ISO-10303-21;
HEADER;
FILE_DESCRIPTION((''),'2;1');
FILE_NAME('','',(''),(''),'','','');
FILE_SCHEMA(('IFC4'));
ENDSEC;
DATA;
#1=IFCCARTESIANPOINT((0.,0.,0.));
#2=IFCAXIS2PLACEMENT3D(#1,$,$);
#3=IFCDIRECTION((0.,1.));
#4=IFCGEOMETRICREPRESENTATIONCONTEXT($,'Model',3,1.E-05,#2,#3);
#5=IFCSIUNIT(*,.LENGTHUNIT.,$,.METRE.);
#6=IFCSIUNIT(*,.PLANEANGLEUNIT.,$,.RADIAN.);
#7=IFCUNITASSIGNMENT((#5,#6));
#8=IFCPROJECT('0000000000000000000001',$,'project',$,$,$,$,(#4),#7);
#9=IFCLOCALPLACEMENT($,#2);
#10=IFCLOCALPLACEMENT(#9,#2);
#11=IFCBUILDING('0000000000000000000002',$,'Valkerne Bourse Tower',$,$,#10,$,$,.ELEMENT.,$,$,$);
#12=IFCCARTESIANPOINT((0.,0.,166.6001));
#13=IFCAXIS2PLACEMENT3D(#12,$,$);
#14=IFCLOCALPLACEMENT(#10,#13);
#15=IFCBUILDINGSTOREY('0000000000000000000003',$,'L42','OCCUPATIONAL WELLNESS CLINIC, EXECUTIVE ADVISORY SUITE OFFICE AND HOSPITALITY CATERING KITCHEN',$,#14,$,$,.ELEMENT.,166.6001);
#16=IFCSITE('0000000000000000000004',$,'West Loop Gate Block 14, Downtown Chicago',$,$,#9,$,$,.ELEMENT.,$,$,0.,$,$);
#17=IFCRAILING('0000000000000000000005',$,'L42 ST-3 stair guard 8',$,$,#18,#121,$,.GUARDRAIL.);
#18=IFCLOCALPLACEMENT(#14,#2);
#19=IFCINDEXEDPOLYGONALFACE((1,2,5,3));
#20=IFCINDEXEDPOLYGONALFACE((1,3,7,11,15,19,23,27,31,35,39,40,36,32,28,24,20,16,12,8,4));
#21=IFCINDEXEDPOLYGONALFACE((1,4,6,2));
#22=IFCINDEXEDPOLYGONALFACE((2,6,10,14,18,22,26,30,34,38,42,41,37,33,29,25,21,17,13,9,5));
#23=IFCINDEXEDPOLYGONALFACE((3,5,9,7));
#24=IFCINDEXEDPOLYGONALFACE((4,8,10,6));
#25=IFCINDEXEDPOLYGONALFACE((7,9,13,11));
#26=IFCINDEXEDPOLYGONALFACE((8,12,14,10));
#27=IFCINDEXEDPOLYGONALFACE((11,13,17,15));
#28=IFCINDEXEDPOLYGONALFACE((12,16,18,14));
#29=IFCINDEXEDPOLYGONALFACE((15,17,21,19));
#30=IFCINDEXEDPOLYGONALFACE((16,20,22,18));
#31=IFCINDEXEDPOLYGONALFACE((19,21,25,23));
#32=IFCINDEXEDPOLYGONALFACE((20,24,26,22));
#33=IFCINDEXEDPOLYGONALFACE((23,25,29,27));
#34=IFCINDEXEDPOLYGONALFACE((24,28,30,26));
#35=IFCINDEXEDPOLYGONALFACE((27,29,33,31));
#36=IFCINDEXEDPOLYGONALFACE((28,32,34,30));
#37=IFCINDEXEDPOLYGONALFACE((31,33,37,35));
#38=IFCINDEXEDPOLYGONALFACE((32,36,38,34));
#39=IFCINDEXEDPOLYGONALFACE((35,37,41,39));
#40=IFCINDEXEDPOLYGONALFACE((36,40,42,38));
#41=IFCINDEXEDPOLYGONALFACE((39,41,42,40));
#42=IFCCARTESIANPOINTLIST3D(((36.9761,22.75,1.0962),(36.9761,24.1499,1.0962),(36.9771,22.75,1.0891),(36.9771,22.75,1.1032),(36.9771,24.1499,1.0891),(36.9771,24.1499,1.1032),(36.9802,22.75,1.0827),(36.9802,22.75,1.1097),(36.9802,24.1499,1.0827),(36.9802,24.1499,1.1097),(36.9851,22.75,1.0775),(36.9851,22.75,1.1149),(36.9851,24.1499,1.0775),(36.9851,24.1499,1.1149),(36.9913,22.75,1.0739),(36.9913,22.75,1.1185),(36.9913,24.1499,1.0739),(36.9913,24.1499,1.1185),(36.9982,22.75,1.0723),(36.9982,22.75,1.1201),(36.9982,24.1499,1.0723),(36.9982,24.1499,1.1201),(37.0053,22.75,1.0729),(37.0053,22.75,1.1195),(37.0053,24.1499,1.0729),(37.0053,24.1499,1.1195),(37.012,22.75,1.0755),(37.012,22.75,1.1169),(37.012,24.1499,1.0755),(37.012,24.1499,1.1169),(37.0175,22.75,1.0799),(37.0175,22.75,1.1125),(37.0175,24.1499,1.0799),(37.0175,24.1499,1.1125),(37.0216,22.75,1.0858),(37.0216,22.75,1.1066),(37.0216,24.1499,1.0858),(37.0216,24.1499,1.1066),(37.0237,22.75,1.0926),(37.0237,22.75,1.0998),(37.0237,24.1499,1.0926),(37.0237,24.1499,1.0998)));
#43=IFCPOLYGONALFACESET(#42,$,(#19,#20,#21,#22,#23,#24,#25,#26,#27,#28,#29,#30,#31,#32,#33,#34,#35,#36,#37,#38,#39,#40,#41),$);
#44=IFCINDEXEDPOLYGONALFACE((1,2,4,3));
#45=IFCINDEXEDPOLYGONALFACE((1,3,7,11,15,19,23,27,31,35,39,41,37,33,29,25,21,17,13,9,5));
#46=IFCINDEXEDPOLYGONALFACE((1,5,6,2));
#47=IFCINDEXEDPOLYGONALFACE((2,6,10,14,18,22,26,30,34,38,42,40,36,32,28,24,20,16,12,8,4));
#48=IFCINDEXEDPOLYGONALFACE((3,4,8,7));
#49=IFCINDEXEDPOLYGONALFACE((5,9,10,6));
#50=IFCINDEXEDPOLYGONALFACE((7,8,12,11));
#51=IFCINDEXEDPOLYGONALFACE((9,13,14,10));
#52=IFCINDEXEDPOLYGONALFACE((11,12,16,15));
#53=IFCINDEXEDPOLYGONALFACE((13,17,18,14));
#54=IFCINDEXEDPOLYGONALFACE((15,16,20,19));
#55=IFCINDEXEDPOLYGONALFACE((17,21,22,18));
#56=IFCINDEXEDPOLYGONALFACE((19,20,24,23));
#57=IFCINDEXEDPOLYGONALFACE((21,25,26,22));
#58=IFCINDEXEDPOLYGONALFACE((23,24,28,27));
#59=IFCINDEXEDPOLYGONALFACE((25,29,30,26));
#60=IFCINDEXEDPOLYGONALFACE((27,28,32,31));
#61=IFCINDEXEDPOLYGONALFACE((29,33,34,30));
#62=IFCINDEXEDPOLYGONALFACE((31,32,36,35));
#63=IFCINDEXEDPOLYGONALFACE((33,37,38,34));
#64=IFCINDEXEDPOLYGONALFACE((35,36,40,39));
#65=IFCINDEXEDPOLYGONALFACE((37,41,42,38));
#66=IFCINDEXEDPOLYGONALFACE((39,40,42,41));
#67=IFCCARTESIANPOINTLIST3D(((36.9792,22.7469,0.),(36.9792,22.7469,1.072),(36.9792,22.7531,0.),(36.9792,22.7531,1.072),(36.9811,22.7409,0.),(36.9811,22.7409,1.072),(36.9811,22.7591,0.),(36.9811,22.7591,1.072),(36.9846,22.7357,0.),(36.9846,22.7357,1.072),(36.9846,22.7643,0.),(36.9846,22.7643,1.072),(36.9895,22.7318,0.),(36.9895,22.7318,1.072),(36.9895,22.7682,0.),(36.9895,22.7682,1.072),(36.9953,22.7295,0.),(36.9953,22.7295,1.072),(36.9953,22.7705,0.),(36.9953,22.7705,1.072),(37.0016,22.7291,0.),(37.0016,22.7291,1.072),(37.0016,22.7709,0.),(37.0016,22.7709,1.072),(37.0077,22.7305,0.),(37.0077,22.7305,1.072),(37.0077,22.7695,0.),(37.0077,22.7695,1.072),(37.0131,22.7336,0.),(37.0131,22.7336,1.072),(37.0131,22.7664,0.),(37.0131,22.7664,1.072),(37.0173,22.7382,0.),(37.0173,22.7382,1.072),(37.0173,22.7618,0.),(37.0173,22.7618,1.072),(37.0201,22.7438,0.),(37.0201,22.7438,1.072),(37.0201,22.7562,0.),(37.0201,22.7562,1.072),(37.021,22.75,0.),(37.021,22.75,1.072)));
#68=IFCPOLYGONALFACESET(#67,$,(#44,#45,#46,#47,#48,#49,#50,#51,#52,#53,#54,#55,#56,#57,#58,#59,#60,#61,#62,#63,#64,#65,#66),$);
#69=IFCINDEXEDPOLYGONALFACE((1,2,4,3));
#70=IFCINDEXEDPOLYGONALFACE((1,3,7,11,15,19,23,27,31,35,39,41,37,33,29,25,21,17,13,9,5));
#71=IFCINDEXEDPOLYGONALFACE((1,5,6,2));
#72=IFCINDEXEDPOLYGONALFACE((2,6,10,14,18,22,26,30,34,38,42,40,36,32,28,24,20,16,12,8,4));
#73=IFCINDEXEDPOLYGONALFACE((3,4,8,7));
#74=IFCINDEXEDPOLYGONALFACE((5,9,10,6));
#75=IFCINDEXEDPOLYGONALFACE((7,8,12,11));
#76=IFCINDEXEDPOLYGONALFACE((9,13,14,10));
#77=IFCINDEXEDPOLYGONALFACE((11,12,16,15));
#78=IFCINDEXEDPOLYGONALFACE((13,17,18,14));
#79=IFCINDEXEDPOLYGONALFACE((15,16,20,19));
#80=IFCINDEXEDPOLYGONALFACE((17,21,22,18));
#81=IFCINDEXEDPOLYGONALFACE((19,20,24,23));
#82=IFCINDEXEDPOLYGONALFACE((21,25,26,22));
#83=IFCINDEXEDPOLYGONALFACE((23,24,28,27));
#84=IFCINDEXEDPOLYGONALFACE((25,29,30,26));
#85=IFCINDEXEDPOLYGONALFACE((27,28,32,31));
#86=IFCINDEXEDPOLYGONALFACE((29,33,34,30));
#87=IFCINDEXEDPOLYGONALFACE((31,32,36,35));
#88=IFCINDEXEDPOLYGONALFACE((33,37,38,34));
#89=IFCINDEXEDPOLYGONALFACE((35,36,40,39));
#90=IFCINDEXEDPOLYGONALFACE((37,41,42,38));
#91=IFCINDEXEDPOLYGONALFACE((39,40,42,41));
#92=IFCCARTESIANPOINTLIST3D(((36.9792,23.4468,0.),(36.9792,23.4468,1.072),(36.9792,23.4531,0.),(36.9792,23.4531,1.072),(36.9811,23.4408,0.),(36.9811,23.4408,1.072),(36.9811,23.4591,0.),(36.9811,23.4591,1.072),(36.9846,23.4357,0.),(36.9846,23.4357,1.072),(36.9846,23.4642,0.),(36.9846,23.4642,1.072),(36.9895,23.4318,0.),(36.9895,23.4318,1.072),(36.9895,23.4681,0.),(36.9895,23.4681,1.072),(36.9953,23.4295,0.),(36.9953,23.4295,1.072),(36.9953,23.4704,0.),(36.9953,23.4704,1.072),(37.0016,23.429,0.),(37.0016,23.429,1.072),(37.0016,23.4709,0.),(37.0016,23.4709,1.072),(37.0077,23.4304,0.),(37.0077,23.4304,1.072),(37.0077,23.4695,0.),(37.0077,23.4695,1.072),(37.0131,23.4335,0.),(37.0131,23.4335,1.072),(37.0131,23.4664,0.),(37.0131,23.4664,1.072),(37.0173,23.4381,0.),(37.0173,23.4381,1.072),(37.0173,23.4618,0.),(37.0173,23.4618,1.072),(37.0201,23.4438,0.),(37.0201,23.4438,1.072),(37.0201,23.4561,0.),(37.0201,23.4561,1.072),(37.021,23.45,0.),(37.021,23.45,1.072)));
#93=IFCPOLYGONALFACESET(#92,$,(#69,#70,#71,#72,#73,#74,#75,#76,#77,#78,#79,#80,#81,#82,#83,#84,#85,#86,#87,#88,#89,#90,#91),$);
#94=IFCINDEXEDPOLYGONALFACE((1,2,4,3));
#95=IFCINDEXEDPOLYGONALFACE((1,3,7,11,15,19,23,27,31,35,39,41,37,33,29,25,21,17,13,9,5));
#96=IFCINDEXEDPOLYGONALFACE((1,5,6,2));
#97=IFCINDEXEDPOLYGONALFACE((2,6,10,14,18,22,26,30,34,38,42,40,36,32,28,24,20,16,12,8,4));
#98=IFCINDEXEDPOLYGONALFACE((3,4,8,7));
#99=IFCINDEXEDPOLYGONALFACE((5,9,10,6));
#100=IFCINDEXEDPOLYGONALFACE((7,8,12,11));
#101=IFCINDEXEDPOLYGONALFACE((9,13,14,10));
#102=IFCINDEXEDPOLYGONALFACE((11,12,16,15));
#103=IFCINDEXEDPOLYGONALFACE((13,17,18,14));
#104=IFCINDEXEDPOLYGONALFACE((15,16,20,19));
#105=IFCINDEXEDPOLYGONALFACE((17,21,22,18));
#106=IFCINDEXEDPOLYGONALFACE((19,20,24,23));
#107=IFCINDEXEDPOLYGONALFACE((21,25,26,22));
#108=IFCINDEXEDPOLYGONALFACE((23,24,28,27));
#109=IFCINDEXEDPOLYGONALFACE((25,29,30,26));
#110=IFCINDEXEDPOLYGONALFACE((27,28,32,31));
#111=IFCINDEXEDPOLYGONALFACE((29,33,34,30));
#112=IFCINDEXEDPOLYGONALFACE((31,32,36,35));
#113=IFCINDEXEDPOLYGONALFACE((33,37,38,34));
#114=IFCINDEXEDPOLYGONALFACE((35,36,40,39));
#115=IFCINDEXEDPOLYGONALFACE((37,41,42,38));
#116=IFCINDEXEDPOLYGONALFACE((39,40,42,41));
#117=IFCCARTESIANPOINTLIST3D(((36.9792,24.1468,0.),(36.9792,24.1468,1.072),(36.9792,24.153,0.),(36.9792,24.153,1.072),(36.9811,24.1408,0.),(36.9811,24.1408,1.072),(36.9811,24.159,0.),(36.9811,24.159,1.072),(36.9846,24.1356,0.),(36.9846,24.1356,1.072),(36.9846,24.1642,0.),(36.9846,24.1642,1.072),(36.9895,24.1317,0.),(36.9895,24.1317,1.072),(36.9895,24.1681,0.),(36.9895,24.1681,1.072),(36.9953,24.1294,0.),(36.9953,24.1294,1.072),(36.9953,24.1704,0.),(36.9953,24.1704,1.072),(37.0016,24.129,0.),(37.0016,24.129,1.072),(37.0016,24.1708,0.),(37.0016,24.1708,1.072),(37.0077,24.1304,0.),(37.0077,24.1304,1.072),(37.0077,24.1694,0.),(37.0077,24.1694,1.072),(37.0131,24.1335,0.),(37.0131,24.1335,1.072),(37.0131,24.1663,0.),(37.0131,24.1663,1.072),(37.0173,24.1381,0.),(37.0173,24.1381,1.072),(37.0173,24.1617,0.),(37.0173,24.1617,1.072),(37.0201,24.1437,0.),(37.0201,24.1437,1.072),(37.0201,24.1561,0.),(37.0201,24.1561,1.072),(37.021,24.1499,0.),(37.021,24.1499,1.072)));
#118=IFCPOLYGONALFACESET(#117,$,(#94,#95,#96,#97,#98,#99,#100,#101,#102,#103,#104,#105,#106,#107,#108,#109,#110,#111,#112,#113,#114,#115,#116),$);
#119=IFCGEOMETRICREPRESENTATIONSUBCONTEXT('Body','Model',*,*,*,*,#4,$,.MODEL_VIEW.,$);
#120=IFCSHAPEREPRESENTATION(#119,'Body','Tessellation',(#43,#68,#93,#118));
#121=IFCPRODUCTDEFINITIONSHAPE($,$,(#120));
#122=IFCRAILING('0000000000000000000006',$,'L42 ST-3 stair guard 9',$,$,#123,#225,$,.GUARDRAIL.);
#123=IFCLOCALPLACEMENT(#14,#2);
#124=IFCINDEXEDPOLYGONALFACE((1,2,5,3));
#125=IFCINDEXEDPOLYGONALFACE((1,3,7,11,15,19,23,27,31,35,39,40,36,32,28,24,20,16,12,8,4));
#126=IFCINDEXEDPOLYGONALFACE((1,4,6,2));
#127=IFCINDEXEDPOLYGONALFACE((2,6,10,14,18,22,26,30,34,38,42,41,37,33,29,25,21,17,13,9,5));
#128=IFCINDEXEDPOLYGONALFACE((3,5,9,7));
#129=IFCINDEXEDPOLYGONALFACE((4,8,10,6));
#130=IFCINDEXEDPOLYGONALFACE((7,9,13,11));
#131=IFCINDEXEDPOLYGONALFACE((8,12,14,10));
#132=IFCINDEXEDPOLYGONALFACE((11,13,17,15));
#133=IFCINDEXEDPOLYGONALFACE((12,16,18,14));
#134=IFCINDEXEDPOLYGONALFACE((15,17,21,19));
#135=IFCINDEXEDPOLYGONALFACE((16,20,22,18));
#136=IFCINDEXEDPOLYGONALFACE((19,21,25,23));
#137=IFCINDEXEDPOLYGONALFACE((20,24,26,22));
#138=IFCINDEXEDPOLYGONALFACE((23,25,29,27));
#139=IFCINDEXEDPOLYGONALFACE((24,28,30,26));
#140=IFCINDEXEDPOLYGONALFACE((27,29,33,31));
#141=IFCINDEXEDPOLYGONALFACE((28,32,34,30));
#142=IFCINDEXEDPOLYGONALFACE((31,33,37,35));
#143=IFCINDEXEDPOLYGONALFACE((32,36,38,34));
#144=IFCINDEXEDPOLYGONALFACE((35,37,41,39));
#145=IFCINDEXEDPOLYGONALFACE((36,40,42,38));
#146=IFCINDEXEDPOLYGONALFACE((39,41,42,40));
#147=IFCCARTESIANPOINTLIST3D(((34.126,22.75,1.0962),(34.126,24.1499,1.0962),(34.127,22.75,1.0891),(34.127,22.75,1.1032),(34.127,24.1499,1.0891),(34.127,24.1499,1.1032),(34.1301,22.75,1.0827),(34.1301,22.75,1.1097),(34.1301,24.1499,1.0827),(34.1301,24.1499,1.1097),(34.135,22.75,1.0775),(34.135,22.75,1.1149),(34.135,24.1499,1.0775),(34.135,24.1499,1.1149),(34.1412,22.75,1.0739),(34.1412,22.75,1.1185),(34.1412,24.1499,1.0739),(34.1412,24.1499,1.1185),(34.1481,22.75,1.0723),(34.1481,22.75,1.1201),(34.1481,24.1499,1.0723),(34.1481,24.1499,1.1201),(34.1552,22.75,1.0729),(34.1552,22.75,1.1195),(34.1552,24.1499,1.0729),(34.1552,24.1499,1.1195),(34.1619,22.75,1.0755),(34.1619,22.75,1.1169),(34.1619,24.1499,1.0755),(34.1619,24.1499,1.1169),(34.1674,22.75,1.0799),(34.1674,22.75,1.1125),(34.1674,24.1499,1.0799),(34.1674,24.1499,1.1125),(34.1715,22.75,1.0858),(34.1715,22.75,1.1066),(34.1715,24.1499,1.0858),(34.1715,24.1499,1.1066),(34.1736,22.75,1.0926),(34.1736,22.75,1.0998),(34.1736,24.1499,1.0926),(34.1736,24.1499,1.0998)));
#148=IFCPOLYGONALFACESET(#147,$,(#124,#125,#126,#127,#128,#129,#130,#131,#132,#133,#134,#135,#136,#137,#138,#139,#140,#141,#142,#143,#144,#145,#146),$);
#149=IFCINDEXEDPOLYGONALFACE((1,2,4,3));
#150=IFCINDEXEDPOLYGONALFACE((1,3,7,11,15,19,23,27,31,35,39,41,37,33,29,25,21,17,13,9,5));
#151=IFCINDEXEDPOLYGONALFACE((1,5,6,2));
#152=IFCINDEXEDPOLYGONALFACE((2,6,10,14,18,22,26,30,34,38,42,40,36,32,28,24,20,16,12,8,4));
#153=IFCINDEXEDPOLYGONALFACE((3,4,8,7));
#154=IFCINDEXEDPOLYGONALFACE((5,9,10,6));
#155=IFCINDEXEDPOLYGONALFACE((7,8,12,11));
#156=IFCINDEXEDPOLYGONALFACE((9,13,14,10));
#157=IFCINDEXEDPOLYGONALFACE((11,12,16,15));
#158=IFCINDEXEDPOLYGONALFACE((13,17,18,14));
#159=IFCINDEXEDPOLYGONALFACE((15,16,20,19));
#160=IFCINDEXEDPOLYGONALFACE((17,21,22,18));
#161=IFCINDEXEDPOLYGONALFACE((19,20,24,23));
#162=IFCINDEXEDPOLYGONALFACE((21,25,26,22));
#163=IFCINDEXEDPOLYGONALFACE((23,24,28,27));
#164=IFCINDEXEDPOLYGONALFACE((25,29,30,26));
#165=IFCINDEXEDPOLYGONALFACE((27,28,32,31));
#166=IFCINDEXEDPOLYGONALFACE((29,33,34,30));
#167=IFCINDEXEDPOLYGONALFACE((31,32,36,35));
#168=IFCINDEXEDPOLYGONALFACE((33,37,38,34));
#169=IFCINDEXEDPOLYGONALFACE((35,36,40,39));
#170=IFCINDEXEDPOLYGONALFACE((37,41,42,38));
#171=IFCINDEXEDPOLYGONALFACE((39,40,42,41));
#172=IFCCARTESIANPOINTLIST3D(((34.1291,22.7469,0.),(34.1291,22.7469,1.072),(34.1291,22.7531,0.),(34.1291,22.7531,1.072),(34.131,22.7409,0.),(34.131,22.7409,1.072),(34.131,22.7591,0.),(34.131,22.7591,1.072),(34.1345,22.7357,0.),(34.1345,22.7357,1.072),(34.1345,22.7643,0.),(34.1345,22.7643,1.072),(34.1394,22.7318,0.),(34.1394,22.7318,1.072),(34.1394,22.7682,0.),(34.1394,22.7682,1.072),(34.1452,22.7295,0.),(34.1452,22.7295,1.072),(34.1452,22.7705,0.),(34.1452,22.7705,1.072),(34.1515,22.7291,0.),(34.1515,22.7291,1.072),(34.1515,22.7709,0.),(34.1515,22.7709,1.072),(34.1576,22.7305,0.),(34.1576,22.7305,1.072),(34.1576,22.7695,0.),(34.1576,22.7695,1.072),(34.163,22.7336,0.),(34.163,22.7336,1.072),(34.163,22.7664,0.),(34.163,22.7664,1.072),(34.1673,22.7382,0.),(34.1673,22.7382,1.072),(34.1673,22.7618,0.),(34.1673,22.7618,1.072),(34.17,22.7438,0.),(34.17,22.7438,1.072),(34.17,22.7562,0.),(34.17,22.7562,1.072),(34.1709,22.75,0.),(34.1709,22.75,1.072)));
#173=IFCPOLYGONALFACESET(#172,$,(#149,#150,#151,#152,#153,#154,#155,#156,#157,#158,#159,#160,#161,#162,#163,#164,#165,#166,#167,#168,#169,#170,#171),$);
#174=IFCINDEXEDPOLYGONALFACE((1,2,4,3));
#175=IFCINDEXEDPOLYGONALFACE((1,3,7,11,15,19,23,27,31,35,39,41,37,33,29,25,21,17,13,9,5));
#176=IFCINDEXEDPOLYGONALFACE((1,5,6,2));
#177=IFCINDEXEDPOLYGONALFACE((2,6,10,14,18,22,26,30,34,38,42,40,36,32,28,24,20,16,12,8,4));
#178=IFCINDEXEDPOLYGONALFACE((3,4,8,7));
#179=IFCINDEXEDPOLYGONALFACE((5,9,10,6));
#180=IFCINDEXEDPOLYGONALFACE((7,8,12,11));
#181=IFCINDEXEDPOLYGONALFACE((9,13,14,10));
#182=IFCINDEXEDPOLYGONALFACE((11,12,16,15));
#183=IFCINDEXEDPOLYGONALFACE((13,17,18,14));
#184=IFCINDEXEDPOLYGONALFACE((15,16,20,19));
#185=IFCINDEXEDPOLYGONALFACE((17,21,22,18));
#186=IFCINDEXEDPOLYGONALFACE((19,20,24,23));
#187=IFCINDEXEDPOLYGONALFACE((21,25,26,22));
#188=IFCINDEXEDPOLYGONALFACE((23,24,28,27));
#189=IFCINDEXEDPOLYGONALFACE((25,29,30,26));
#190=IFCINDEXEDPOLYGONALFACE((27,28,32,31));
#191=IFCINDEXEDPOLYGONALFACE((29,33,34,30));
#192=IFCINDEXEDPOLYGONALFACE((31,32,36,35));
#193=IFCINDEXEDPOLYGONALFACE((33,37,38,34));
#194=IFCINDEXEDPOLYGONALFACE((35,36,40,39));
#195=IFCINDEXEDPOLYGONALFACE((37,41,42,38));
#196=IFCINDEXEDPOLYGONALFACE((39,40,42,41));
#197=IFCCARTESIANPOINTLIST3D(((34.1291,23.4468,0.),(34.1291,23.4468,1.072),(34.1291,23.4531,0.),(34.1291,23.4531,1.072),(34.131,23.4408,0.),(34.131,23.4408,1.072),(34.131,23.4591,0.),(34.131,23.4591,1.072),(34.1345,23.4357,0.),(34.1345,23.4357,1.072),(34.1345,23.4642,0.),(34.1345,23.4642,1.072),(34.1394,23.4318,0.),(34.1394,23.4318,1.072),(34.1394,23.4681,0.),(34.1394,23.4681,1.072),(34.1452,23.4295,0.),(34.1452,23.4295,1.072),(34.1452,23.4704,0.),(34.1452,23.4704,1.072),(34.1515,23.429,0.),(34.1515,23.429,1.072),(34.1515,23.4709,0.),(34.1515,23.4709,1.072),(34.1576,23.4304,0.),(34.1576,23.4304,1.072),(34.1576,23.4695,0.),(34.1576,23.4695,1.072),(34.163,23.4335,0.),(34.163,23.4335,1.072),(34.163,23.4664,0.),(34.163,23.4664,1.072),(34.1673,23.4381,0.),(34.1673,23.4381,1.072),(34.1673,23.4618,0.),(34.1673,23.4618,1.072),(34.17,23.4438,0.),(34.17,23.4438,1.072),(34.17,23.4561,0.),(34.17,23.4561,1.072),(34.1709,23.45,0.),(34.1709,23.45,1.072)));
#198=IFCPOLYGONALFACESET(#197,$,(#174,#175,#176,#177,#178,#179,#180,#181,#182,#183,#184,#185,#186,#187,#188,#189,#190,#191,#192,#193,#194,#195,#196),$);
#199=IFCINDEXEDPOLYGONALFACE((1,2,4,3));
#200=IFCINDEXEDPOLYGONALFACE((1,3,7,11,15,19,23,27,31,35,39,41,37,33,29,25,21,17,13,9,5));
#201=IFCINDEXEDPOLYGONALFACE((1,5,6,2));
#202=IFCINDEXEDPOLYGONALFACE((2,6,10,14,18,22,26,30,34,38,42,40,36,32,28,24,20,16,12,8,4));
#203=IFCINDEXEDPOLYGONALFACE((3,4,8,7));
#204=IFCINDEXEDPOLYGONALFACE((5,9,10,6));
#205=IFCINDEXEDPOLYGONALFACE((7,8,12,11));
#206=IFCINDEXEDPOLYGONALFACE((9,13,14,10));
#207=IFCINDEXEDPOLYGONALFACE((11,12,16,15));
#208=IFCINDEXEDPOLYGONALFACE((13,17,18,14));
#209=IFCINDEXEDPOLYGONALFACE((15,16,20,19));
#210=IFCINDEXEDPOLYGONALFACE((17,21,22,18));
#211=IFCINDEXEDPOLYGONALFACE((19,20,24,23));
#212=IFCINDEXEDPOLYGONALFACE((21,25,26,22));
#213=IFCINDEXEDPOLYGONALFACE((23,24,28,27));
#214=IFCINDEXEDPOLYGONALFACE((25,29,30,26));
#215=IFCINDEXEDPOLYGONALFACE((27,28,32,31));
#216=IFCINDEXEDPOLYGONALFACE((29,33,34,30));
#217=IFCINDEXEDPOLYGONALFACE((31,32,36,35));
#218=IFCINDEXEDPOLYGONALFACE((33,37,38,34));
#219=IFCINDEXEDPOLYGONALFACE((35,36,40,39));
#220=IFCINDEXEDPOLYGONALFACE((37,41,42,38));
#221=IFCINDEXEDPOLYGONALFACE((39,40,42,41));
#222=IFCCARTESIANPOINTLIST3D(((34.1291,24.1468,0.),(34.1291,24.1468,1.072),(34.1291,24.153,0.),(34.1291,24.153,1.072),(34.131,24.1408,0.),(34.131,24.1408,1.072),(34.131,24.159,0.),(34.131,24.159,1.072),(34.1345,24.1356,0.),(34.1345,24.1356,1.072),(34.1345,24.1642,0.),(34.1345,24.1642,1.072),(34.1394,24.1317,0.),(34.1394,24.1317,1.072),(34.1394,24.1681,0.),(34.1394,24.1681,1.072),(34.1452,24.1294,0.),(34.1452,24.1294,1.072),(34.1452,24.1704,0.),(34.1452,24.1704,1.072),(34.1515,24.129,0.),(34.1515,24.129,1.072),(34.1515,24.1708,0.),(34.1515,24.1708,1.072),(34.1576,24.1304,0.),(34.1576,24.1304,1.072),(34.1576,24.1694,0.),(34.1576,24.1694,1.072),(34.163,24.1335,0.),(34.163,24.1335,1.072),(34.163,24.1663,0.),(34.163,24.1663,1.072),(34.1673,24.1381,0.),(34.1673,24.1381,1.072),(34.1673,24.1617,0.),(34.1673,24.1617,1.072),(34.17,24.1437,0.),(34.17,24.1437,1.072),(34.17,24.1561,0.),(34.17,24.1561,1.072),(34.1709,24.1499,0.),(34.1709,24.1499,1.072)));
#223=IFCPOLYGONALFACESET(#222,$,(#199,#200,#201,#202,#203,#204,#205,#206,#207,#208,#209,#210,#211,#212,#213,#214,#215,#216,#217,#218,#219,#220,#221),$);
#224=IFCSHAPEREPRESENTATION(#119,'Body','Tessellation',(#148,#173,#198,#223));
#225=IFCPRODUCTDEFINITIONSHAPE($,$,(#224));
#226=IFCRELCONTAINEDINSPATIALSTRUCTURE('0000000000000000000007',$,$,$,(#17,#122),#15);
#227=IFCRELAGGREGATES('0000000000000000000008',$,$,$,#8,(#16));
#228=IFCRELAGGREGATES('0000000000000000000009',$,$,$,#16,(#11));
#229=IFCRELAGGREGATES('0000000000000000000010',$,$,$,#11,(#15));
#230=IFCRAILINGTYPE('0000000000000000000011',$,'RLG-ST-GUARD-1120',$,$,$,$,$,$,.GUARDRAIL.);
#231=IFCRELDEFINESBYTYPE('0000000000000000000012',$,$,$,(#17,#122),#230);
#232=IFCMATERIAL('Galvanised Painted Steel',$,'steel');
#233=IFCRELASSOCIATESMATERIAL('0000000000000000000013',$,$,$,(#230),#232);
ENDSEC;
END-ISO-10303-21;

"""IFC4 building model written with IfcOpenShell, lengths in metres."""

from ifc_helpers import new_model, si_unit, direction, frame, origin, origin_2d, place, context, subcontext, project, spatial, circle, extrude, material, type_object, element, save


model = new_model("IFC4")

# Units and contexts
model_context = context("Model", 3, precision=1e-05, world=origin(), true_north=direction((0.0, 1.0)))
body_context = subcontext(model_context, "Body", "Model", "MODEL_VIEW")
ifc_project = project(units=[si_unit("LENGTHUNIT", "METRE"), si_unit("PLANEANGLEUNIT", "RADIAN")], contexts=[model_context])

# Site, building, storey
site_placement = place(None, origin())
site = spatial("IfcSite", under=ifc_project, at=site_placement, Name="West Loop Gate Block 14, Downtown Chicago", CompositionType="ELEMENT", RefElevation=0.0)
building_placement = place(site_placement, origin())
building = spatial("IfcBuilding", under=site, at=building_placement, Name="Valkerne Bourse Tower", CompositionType="ELEMENT")
storey_placement = place(building_placement, frame((0.0, 0.0, 166.6001)))
storey = spatial("IfcBuildingStorey", under=building, at=storey_placement, Name="L42", Description="OCCUPATIONAL WELLNESS CLINIC, EXECUTIVE ADVISORY SUITE OFFICE AND HOSPITALITY CATERING KITCHEN", CompositionType="ELEMENT", Elevation=166.6001)

# Shared definitions
ifc_material_1 = material(Name="Galvanised Painted Steel", Category="steel")

# Railings
railing_type = type_object("IfcRailingType", Name="RLG-ST-GUARD-1120", PredefinedType="GUARDRAIL", material=ifc_material_1)
for number, where, name in (
    (1, (37.0, 22.75, 0.0), "L42 ST-3 stair guard 8"),
    (2, (34.1499, 22.75, 0.0), "L42 ST-3 stair guard 9"),
):
    element("IfcRailing", number, at=place(storey_placement, frame(where)), inside=storey, type_object=railing_type, Name=name, PredefinedType="GUARDRAIL", context=body_context, shape_type="SweptSolid", body=[
        extrude(circle(Radius=0.0239, at=origin_2d()), frame((0.0, 0.0, 1.0962), z_axis=(0.0, 1.0, 0.0), x_axis=(-1.0, 0.0, 0.0)), (0.0, 0.0, 1.0), 1.3999),
        extrude(circle(Radius=0.021, at=origin_2d()), origin(), (0.0, 0.0, 1.0), 1.072),
        extrude(circle(Radius=0.021, at=origin_2d()), frame((0.0, 0.7, 0.0)), (0.0, 0.0, 1.0), 1.072),
        extrude(circle(Radius=0.021, at=origin_2d()), frame((0.0, 1.3999, 0.0)), (0.0, 0.0, 1.0), 1.072),
    ])

save(model, "model.ifc")
